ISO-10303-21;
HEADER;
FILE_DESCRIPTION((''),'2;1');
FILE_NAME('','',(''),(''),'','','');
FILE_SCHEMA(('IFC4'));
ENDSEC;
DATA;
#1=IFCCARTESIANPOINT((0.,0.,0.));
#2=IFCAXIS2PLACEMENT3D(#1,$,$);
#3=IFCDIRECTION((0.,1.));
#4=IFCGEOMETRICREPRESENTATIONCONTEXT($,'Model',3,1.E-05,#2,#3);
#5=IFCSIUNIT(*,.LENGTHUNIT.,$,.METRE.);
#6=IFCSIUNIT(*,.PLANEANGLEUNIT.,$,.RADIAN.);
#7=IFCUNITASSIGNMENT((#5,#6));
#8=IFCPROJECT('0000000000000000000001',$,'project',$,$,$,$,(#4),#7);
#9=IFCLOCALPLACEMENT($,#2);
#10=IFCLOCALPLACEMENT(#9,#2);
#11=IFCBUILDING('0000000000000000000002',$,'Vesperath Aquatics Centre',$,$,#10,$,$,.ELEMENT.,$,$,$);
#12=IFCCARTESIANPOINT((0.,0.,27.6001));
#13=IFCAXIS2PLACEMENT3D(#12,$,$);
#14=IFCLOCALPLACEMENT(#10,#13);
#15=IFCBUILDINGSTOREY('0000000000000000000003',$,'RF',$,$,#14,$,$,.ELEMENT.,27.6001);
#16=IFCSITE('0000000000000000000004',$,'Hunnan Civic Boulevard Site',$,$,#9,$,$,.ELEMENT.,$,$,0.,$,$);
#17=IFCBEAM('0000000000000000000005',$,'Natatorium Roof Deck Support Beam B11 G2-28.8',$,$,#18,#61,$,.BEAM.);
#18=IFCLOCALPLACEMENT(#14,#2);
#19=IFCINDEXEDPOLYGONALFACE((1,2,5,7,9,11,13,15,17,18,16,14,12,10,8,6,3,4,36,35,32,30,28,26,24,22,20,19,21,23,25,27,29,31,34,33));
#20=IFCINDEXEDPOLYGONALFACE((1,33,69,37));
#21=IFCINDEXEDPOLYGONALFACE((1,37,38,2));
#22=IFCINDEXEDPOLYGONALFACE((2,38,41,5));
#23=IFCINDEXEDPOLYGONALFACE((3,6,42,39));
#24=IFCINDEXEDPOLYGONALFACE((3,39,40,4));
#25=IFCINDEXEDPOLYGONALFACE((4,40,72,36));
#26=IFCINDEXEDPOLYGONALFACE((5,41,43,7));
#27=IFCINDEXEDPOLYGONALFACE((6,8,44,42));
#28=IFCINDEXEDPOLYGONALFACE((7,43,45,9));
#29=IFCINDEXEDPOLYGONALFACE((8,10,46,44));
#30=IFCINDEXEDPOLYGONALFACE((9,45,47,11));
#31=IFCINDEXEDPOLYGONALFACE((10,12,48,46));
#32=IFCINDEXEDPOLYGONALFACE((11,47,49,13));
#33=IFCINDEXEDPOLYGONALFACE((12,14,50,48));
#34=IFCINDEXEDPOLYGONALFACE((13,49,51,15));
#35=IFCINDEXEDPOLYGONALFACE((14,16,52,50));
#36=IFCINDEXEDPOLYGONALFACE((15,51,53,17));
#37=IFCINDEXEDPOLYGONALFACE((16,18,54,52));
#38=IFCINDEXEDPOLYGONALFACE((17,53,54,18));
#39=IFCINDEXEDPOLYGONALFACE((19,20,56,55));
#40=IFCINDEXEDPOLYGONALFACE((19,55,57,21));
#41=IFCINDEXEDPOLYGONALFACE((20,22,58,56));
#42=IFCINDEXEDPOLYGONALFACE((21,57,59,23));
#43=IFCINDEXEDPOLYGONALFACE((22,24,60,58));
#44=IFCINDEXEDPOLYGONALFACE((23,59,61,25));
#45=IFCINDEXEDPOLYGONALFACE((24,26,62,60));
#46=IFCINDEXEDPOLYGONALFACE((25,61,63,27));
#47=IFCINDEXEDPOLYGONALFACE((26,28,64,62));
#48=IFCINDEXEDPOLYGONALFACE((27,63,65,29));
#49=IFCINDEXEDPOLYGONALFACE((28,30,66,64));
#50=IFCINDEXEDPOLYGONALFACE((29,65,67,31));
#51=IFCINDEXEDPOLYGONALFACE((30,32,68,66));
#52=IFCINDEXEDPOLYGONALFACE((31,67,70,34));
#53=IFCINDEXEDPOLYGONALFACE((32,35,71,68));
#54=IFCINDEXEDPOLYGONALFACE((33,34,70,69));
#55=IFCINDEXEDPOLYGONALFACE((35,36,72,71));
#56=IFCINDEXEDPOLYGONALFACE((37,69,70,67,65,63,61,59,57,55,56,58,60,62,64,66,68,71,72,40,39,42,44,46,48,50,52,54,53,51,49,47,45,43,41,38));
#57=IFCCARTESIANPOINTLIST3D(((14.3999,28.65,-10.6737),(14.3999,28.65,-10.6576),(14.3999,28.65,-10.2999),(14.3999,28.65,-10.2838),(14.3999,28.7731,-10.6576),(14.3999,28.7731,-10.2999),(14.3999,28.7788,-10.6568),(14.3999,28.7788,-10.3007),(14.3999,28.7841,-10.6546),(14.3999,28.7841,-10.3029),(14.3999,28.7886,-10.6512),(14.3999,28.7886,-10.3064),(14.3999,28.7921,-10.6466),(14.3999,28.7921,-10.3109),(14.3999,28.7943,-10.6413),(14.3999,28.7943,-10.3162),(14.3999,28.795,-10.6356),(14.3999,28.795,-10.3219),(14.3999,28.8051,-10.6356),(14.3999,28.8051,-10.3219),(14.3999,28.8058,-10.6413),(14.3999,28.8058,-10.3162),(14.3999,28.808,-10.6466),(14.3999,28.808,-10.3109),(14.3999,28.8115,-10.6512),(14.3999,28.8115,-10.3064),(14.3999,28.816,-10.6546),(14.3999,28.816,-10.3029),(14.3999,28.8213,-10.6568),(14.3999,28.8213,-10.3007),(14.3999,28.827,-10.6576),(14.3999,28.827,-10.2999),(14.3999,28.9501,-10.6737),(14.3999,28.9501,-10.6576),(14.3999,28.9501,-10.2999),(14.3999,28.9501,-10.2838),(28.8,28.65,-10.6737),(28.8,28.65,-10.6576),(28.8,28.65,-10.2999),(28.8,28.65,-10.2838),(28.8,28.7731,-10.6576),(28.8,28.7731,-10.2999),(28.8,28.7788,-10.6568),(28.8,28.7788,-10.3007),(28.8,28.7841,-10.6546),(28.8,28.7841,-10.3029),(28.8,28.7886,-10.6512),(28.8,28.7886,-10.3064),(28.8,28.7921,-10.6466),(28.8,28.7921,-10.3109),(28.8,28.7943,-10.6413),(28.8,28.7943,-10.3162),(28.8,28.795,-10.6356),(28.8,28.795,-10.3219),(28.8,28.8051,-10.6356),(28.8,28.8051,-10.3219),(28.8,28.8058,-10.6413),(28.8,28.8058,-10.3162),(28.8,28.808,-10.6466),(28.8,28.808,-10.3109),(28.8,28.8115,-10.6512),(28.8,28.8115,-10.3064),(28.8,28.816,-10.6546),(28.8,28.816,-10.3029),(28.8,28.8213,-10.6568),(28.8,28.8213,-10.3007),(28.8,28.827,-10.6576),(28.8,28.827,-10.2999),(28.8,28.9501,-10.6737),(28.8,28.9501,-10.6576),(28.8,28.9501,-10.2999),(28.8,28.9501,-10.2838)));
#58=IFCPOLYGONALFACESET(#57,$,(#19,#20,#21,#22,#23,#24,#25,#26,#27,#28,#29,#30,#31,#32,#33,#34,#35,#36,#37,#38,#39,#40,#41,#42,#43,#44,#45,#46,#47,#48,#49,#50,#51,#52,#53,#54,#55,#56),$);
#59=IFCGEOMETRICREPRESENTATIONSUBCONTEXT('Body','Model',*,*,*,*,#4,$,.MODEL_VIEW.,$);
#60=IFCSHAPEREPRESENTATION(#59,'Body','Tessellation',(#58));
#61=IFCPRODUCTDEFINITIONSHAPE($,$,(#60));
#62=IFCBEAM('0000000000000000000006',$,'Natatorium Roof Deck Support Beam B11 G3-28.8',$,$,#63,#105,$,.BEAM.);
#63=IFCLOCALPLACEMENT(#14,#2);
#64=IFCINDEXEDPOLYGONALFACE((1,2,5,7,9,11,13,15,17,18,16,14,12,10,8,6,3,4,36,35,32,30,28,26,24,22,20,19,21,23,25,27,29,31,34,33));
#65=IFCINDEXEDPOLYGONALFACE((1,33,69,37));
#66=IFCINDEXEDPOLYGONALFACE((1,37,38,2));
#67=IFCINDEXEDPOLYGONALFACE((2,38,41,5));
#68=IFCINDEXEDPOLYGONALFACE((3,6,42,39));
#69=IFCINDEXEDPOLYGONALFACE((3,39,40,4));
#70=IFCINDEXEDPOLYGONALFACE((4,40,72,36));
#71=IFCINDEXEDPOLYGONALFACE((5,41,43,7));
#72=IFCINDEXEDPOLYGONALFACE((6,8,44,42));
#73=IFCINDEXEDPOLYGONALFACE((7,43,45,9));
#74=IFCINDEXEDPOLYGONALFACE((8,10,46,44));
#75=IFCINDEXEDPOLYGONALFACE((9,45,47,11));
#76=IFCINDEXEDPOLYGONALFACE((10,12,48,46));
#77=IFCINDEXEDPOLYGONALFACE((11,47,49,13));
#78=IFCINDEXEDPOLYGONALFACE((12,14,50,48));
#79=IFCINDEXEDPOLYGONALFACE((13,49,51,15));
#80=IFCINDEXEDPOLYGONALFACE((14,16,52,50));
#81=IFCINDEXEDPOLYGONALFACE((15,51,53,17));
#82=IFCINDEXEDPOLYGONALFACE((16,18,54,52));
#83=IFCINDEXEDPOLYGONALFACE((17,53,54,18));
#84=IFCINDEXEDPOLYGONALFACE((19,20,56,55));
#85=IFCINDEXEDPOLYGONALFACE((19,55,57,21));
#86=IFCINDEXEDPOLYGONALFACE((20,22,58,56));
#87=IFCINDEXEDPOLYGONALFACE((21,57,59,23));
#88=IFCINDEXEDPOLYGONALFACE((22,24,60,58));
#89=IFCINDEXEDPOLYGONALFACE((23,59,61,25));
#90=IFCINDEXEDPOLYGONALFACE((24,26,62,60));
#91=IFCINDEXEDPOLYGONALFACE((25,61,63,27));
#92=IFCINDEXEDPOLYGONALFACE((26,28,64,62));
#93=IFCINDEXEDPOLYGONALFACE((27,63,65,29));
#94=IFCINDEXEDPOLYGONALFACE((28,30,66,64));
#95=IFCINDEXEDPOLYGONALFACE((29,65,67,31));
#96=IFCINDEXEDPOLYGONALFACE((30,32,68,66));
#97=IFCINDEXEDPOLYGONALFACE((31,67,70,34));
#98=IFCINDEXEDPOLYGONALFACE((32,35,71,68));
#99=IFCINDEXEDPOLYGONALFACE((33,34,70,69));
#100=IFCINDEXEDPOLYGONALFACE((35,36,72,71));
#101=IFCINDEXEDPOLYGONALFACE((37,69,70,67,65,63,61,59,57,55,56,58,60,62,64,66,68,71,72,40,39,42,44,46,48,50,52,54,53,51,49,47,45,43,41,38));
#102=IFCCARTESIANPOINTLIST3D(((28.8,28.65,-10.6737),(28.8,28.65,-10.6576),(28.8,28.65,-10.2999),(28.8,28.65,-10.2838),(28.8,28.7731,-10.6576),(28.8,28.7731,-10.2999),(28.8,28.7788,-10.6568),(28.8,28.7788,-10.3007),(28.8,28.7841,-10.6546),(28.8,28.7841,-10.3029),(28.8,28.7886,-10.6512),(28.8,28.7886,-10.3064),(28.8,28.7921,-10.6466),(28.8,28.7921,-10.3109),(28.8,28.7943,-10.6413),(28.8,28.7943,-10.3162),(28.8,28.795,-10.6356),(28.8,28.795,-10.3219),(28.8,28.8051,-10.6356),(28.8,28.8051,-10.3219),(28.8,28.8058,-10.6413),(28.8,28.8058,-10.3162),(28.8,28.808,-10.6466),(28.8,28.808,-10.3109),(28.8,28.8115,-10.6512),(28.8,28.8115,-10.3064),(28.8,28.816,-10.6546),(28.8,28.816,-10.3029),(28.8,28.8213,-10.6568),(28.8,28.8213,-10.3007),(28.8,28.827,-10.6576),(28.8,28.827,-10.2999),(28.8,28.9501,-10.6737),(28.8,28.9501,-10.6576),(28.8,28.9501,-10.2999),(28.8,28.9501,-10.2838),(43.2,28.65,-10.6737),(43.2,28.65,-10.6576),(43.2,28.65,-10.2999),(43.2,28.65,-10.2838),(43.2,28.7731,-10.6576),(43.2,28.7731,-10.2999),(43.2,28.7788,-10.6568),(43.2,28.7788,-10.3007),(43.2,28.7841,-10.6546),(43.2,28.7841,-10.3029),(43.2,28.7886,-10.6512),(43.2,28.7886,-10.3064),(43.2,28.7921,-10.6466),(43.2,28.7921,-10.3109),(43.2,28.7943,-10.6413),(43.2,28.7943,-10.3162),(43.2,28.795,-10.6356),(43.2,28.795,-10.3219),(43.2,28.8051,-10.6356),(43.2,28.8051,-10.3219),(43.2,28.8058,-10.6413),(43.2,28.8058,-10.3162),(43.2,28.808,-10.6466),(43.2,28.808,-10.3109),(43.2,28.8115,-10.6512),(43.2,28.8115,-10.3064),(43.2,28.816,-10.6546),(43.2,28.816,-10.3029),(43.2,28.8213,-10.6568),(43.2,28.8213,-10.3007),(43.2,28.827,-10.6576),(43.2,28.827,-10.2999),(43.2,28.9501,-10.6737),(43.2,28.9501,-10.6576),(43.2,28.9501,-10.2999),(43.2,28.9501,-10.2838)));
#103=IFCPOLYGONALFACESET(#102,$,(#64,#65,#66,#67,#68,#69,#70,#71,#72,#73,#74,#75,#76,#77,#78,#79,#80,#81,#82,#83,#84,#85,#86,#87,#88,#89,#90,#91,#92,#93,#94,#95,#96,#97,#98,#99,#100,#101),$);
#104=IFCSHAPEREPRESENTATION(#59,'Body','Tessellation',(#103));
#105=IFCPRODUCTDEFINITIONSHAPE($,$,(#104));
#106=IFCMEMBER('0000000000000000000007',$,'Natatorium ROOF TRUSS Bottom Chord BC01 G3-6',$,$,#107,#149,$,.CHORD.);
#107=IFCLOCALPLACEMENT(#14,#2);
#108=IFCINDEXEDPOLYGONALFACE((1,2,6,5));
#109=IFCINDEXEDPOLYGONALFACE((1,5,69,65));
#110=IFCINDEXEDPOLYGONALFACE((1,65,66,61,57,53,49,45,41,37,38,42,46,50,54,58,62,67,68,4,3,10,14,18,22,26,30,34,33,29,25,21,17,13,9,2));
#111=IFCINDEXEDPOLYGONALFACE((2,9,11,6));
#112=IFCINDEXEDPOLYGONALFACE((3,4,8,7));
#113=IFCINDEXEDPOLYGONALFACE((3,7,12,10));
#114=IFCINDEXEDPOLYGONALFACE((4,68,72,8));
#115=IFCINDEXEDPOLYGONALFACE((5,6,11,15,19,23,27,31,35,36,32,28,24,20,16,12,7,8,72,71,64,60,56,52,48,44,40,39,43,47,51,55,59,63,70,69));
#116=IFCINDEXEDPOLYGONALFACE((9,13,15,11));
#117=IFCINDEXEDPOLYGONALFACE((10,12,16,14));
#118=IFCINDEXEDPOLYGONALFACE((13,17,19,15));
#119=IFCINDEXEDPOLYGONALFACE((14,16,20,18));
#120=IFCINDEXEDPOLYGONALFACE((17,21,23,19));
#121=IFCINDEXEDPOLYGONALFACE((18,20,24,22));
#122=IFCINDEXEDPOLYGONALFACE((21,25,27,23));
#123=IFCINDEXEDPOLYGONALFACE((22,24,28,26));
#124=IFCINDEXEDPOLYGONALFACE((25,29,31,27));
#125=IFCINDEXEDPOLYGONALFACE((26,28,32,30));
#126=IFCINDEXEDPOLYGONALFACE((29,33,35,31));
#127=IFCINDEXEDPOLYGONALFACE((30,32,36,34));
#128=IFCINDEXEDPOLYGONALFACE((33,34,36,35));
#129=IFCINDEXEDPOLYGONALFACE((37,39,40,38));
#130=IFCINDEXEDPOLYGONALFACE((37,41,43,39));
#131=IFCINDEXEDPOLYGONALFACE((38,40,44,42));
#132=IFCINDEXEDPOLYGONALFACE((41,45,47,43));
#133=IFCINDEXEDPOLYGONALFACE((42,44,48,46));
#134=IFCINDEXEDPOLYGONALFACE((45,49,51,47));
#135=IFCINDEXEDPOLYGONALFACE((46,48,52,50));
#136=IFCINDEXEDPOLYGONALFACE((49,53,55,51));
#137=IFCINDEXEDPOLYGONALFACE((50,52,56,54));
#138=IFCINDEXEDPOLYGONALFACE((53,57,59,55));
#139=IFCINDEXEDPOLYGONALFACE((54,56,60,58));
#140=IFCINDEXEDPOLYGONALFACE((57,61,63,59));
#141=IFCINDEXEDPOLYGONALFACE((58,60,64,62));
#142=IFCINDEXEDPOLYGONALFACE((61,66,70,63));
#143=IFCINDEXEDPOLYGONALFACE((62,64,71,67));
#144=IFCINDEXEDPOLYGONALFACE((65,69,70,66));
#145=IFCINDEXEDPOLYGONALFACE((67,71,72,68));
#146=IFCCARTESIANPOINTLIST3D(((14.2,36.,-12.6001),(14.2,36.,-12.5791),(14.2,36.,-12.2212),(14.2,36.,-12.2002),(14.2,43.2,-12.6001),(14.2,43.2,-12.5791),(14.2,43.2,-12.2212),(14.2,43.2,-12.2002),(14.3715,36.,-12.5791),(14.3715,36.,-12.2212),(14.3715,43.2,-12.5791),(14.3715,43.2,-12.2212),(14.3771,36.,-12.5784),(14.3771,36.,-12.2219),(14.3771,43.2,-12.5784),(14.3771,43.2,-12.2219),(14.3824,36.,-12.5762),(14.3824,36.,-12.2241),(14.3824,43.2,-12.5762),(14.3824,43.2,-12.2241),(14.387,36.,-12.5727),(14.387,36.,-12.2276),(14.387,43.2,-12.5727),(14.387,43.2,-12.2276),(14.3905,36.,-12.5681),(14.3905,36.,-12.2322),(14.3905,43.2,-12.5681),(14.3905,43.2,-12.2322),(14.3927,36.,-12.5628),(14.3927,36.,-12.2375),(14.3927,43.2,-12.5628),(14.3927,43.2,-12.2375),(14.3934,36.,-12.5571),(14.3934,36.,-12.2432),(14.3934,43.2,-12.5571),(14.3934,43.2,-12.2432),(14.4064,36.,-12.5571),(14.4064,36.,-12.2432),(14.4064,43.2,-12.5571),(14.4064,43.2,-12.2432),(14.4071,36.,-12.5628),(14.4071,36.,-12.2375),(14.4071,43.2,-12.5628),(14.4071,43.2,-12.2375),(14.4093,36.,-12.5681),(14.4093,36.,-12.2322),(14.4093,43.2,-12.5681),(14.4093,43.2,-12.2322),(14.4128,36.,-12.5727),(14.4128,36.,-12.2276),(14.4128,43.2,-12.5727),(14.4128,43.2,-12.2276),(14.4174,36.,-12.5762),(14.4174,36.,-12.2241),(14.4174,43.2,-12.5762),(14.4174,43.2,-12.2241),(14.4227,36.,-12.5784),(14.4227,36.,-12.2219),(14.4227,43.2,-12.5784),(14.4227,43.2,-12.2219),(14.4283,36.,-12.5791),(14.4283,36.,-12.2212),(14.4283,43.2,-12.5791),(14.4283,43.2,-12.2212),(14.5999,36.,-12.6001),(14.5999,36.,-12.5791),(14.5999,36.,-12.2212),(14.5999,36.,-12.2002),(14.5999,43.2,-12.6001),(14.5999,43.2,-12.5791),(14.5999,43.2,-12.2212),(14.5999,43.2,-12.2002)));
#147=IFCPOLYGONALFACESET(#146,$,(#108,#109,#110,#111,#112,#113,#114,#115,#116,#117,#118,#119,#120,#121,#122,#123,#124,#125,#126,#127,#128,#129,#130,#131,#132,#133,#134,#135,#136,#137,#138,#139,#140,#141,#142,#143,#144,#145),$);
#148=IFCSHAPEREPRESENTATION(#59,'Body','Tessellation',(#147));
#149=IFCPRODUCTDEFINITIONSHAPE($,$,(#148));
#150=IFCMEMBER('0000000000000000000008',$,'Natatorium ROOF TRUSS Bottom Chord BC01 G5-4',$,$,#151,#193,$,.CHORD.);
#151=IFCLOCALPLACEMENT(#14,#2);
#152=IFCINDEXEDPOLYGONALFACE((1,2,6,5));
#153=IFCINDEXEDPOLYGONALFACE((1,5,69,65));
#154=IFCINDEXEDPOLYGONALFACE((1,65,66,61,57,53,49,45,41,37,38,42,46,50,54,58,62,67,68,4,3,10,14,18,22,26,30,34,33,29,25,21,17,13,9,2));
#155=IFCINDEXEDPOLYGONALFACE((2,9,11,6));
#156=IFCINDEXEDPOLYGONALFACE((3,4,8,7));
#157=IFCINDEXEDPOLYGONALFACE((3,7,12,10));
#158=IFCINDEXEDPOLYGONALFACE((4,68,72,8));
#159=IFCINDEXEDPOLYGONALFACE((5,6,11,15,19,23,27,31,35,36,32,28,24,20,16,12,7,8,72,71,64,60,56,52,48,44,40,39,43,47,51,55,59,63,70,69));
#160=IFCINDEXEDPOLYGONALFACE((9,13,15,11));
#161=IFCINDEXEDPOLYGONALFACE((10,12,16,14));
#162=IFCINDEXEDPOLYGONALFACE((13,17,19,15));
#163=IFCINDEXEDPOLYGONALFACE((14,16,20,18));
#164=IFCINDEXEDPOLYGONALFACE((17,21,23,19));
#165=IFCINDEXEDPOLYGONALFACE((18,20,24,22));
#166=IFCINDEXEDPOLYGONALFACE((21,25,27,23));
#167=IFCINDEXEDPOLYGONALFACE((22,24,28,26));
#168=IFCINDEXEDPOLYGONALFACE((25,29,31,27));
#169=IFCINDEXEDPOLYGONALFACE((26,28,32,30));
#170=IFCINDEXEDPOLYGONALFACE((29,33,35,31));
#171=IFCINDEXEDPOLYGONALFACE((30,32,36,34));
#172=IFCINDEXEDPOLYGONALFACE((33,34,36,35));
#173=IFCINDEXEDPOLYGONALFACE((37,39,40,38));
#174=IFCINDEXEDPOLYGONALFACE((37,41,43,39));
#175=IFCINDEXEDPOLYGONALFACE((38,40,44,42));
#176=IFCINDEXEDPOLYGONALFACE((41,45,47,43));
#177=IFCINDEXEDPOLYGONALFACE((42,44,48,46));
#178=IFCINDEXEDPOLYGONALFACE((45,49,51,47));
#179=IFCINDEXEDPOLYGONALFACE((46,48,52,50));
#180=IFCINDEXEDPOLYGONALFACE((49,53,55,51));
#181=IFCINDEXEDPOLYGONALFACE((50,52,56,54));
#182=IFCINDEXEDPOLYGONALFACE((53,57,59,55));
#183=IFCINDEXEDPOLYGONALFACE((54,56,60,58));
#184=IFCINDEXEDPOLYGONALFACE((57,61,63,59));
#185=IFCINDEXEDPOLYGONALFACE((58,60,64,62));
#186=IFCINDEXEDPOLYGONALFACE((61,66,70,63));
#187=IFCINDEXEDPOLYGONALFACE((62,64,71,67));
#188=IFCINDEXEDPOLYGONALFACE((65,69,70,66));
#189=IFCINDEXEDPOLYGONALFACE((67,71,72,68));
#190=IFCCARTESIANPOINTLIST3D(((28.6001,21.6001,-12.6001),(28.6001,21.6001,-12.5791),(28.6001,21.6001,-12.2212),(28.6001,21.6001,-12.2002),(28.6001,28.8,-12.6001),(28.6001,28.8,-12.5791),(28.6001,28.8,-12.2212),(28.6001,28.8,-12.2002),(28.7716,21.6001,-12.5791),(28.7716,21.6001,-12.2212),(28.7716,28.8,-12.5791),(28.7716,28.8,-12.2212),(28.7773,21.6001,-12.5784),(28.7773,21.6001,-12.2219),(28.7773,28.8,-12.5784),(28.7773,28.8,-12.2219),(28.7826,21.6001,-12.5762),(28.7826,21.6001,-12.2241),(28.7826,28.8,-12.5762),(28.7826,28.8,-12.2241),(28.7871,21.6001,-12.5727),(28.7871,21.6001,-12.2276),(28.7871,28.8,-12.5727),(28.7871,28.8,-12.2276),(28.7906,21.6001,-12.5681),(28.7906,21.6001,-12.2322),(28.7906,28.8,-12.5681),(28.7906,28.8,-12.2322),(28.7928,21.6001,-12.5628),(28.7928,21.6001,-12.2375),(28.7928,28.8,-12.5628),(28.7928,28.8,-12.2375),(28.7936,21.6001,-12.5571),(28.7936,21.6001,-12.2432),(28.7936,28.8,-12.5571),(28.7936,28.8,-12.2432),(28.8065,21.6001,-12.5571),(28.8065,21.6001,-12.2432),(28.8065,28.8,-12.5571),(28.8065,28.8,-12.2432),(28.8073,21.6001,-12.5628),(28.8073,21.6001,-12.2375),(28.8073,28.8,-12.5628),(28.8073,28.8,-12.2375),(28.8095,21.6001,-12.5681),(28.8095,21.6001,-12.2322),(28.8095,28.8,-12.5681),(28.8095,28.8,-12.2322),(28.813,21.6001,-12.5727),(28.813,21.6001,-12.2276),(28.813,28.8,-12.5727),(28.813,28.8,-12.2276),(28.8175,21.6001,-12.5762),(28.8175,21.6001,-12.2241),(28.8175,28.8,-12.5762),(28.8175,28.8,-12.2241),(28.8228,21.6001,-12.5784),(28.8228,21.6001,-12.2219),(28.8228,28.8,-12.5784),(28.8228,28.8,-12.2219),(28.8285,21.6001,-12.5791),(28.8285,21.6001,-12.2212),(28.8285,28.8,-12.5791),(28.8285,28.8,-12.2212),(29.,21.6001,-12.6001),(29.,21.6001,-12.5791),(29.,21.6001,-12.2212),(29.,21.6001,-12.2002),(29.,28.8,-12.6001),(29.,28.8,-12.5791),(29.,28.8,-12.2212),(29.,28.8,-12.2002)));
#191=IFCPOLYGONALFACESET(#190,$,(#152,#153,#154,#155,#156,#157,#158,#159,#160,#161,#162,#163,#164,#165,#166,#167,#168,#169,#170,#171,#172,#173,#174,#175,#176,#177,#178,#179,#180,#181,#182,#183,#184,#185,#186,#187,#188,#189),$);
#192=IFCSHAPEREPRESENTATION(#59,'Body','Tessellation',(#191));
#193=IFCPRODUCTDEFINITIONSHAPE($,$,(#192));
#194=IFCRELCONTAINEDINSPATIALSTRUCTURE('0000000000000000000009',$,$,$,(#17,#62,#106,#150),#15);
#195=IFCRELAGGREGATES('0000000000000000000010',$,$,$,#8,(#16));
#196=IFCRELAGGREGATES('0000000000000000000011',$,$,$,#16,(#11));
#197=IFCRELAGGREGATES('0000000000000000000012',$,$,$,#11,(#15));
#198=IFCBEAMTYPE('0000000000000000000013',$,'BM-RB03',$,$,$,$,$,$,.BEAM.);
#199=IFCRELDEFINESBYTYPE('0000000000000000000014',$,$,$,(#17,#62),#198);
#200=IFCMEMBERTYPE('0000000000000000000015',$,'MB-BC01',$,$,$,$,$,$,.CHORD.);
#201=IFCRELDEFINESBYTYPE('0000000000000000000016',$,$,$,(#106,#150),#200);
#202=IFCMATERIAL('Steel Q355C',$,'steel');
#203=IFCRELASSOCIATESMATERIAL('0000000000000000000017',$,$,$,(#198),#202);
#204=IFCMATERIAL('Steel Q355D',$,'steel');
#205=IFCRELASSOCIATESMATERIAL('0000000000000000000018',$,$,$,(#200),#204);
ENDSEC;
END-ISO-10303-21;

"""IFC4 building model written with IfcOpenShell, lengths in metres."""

from ifc_helpers import new_model, si_unit, direction, frame, origin, origin_2d, place, context, subcontext, project, spatial, i_section, extrude, material, material_profile, profile_set, type_object, element, save


model = new_model("IFC4")

# Units and contexts
model_context = context("Model", 3, precision=1e-05, world=origin(), true_north=direction((0.0, 1.0)))
body_context = subcontext(model_context, "Body", "Model", "MODEL_VIEW")
ifc_project = project(units=[si_unit("LENGTHUNIT", "METRE"), si_unit("PLANEANGLEUNIT", "RADIAN")], contexts=[model_context])

# Site, building, storey
site_placement = place(None, origin())
site = spatial("IfcSite", under=ifc_project, at=site_placement, Name="Hunnan Civic Boulevard Site", CompositionType="ELEMENT", RefElevation=0.0)
building_placement = place(site_placement, origin())
building = spatial("IfcBuilding", under=site, at=building_placement, Name="Vesperath Aquatics Centre", CompositionType="ELEMENT")
storey_placement = place(building_placement, frame((0.0, 0.0, 27.6001)))
storey = spatial("IfcBuildingStorey", under=building, at=storey_placement, Name="RF", CompositionType="ELEMENT", Elevation=27.6001)

# Beams
ifc_material_1 = material(Name="Steel Q355C", Category="steel")
ifc_material_profile_1 = material_profile(ifc_material_1, i_section(OverallWidth=0.3, OverallDepth=0.3899, WebThickness=0.01, FlangeThickness=0.0161, FilletRadius=0.022, at=origin_2d()), Name="HM 390x300x10x16")
ifc_profile_set_1 = profile_set([ifc_material_profile_1], Name="Steel Q355C")
beam_type = type_object("IfcBeamType", Name="BM-RB03", PredefinedType="BEAM", material=ifc_profile_set_1)
beam_1_placement = place(storey_placement, frame((14.3999, 28.8, -10.4788), z_axis=(1.0, 0.0, 0.0), x_axis=(0.0, 1.0, 0.0)))
element("IfcBeam", 1, at=beam_1_placement, inside=storey, type_object=beam_type, Name="Natatorium Roof Deck Support Beam B11 G2-28.8", PredefinedType="BEAM", context=body_context, shape_type="SweptSolid", body=[
    extrude(i_section(OverallWidth=0.3, OverallDepth=0.3899, WebThickness=0.01, FlangeThickness=0.0161, FilletRadius=0.022, at=origin_2d()), origin(), (0.0, 0.0, 1.0), 14.4001),
])
beam_2_placement = place(storey_placement, frame((28.8, 28.8, -10.4788), z_axis=(1.0, 0.0, 0.0), x_axis=(0.0, 1.0, 0.0)))
element("IfcBeam", 2, at=beam_2_placement, inside=storey, type_object=beam_type, Name="Natatorium Roof Deck Support Beam B11 G3-28.8", PredefinedType="BEAM", context=body_context, shape_type="SweptSolid", body=[
    extrude(i_section(OverallWidth=0.3, OverallDepth=0.3899, WebThickness=0.01, FlangeThickness=0.0161, FilletRadius=0.022, at=origin_2d()), origin(), (0.0, 0.0, 1.0), 14.3999),
])

# Members
ifc_material_2 = material(Name="Steel Q355D", Category="steel")
ifc_material_profile_2 = material_profile(ifc_material_2, i_section(OverallWidth=0.3999, OverallDepth=0.3999, WebThickness=0.0129, FlangeThickness=0.021, FilletRadius=0.022, at=origin_2d()), Name="HW 400x400x13x21")
ifc_profile_set_2 = profile_set([ifc_material_profile_2], Name="Steel Q355D")
member_type_1 = type_object("IfcMemberType", Name="MB-BC01", PredefinedType="CHORD", material=ifc_profile_set_2)
for number, where, z_axis, x_axis, name in (
    (3, (14.3999, 36.0, -12.4001), (0.0, 1.0, 0.0), (-1.0, 0.0, 0.0), "Natatorium ROOF TRUSS Bottom Chord BC01 G3-6"),
    (4, (28.8, 21.6001, -12.4001), (0.0, 1.0, 0.0), (-1.0, 0.0, 0.0), "Natatorium ROOF TRUSS Bottom Chord BC01 G5-4"),
):
    element("IfcMember", number, at=place(storey_placement, frame(where, z_axis=z_axis, x_axis=x_axis)), inside=storey, type_object=member_type_1, Name=name, PredefinedType="CHORD", context=body_context, shape_type="SweptSolid", body=[
        extrude(i_section(OverallWidth=0.3999, OverallDepth=0.3999, WebThickness=0.0129, FlangeThickness=0.021, FilletRadius=0.022, at=origin_2d()), origin(), (0.0, 0.0, 1.0), 7.2),
    ])

save(model, "model.ifc")
